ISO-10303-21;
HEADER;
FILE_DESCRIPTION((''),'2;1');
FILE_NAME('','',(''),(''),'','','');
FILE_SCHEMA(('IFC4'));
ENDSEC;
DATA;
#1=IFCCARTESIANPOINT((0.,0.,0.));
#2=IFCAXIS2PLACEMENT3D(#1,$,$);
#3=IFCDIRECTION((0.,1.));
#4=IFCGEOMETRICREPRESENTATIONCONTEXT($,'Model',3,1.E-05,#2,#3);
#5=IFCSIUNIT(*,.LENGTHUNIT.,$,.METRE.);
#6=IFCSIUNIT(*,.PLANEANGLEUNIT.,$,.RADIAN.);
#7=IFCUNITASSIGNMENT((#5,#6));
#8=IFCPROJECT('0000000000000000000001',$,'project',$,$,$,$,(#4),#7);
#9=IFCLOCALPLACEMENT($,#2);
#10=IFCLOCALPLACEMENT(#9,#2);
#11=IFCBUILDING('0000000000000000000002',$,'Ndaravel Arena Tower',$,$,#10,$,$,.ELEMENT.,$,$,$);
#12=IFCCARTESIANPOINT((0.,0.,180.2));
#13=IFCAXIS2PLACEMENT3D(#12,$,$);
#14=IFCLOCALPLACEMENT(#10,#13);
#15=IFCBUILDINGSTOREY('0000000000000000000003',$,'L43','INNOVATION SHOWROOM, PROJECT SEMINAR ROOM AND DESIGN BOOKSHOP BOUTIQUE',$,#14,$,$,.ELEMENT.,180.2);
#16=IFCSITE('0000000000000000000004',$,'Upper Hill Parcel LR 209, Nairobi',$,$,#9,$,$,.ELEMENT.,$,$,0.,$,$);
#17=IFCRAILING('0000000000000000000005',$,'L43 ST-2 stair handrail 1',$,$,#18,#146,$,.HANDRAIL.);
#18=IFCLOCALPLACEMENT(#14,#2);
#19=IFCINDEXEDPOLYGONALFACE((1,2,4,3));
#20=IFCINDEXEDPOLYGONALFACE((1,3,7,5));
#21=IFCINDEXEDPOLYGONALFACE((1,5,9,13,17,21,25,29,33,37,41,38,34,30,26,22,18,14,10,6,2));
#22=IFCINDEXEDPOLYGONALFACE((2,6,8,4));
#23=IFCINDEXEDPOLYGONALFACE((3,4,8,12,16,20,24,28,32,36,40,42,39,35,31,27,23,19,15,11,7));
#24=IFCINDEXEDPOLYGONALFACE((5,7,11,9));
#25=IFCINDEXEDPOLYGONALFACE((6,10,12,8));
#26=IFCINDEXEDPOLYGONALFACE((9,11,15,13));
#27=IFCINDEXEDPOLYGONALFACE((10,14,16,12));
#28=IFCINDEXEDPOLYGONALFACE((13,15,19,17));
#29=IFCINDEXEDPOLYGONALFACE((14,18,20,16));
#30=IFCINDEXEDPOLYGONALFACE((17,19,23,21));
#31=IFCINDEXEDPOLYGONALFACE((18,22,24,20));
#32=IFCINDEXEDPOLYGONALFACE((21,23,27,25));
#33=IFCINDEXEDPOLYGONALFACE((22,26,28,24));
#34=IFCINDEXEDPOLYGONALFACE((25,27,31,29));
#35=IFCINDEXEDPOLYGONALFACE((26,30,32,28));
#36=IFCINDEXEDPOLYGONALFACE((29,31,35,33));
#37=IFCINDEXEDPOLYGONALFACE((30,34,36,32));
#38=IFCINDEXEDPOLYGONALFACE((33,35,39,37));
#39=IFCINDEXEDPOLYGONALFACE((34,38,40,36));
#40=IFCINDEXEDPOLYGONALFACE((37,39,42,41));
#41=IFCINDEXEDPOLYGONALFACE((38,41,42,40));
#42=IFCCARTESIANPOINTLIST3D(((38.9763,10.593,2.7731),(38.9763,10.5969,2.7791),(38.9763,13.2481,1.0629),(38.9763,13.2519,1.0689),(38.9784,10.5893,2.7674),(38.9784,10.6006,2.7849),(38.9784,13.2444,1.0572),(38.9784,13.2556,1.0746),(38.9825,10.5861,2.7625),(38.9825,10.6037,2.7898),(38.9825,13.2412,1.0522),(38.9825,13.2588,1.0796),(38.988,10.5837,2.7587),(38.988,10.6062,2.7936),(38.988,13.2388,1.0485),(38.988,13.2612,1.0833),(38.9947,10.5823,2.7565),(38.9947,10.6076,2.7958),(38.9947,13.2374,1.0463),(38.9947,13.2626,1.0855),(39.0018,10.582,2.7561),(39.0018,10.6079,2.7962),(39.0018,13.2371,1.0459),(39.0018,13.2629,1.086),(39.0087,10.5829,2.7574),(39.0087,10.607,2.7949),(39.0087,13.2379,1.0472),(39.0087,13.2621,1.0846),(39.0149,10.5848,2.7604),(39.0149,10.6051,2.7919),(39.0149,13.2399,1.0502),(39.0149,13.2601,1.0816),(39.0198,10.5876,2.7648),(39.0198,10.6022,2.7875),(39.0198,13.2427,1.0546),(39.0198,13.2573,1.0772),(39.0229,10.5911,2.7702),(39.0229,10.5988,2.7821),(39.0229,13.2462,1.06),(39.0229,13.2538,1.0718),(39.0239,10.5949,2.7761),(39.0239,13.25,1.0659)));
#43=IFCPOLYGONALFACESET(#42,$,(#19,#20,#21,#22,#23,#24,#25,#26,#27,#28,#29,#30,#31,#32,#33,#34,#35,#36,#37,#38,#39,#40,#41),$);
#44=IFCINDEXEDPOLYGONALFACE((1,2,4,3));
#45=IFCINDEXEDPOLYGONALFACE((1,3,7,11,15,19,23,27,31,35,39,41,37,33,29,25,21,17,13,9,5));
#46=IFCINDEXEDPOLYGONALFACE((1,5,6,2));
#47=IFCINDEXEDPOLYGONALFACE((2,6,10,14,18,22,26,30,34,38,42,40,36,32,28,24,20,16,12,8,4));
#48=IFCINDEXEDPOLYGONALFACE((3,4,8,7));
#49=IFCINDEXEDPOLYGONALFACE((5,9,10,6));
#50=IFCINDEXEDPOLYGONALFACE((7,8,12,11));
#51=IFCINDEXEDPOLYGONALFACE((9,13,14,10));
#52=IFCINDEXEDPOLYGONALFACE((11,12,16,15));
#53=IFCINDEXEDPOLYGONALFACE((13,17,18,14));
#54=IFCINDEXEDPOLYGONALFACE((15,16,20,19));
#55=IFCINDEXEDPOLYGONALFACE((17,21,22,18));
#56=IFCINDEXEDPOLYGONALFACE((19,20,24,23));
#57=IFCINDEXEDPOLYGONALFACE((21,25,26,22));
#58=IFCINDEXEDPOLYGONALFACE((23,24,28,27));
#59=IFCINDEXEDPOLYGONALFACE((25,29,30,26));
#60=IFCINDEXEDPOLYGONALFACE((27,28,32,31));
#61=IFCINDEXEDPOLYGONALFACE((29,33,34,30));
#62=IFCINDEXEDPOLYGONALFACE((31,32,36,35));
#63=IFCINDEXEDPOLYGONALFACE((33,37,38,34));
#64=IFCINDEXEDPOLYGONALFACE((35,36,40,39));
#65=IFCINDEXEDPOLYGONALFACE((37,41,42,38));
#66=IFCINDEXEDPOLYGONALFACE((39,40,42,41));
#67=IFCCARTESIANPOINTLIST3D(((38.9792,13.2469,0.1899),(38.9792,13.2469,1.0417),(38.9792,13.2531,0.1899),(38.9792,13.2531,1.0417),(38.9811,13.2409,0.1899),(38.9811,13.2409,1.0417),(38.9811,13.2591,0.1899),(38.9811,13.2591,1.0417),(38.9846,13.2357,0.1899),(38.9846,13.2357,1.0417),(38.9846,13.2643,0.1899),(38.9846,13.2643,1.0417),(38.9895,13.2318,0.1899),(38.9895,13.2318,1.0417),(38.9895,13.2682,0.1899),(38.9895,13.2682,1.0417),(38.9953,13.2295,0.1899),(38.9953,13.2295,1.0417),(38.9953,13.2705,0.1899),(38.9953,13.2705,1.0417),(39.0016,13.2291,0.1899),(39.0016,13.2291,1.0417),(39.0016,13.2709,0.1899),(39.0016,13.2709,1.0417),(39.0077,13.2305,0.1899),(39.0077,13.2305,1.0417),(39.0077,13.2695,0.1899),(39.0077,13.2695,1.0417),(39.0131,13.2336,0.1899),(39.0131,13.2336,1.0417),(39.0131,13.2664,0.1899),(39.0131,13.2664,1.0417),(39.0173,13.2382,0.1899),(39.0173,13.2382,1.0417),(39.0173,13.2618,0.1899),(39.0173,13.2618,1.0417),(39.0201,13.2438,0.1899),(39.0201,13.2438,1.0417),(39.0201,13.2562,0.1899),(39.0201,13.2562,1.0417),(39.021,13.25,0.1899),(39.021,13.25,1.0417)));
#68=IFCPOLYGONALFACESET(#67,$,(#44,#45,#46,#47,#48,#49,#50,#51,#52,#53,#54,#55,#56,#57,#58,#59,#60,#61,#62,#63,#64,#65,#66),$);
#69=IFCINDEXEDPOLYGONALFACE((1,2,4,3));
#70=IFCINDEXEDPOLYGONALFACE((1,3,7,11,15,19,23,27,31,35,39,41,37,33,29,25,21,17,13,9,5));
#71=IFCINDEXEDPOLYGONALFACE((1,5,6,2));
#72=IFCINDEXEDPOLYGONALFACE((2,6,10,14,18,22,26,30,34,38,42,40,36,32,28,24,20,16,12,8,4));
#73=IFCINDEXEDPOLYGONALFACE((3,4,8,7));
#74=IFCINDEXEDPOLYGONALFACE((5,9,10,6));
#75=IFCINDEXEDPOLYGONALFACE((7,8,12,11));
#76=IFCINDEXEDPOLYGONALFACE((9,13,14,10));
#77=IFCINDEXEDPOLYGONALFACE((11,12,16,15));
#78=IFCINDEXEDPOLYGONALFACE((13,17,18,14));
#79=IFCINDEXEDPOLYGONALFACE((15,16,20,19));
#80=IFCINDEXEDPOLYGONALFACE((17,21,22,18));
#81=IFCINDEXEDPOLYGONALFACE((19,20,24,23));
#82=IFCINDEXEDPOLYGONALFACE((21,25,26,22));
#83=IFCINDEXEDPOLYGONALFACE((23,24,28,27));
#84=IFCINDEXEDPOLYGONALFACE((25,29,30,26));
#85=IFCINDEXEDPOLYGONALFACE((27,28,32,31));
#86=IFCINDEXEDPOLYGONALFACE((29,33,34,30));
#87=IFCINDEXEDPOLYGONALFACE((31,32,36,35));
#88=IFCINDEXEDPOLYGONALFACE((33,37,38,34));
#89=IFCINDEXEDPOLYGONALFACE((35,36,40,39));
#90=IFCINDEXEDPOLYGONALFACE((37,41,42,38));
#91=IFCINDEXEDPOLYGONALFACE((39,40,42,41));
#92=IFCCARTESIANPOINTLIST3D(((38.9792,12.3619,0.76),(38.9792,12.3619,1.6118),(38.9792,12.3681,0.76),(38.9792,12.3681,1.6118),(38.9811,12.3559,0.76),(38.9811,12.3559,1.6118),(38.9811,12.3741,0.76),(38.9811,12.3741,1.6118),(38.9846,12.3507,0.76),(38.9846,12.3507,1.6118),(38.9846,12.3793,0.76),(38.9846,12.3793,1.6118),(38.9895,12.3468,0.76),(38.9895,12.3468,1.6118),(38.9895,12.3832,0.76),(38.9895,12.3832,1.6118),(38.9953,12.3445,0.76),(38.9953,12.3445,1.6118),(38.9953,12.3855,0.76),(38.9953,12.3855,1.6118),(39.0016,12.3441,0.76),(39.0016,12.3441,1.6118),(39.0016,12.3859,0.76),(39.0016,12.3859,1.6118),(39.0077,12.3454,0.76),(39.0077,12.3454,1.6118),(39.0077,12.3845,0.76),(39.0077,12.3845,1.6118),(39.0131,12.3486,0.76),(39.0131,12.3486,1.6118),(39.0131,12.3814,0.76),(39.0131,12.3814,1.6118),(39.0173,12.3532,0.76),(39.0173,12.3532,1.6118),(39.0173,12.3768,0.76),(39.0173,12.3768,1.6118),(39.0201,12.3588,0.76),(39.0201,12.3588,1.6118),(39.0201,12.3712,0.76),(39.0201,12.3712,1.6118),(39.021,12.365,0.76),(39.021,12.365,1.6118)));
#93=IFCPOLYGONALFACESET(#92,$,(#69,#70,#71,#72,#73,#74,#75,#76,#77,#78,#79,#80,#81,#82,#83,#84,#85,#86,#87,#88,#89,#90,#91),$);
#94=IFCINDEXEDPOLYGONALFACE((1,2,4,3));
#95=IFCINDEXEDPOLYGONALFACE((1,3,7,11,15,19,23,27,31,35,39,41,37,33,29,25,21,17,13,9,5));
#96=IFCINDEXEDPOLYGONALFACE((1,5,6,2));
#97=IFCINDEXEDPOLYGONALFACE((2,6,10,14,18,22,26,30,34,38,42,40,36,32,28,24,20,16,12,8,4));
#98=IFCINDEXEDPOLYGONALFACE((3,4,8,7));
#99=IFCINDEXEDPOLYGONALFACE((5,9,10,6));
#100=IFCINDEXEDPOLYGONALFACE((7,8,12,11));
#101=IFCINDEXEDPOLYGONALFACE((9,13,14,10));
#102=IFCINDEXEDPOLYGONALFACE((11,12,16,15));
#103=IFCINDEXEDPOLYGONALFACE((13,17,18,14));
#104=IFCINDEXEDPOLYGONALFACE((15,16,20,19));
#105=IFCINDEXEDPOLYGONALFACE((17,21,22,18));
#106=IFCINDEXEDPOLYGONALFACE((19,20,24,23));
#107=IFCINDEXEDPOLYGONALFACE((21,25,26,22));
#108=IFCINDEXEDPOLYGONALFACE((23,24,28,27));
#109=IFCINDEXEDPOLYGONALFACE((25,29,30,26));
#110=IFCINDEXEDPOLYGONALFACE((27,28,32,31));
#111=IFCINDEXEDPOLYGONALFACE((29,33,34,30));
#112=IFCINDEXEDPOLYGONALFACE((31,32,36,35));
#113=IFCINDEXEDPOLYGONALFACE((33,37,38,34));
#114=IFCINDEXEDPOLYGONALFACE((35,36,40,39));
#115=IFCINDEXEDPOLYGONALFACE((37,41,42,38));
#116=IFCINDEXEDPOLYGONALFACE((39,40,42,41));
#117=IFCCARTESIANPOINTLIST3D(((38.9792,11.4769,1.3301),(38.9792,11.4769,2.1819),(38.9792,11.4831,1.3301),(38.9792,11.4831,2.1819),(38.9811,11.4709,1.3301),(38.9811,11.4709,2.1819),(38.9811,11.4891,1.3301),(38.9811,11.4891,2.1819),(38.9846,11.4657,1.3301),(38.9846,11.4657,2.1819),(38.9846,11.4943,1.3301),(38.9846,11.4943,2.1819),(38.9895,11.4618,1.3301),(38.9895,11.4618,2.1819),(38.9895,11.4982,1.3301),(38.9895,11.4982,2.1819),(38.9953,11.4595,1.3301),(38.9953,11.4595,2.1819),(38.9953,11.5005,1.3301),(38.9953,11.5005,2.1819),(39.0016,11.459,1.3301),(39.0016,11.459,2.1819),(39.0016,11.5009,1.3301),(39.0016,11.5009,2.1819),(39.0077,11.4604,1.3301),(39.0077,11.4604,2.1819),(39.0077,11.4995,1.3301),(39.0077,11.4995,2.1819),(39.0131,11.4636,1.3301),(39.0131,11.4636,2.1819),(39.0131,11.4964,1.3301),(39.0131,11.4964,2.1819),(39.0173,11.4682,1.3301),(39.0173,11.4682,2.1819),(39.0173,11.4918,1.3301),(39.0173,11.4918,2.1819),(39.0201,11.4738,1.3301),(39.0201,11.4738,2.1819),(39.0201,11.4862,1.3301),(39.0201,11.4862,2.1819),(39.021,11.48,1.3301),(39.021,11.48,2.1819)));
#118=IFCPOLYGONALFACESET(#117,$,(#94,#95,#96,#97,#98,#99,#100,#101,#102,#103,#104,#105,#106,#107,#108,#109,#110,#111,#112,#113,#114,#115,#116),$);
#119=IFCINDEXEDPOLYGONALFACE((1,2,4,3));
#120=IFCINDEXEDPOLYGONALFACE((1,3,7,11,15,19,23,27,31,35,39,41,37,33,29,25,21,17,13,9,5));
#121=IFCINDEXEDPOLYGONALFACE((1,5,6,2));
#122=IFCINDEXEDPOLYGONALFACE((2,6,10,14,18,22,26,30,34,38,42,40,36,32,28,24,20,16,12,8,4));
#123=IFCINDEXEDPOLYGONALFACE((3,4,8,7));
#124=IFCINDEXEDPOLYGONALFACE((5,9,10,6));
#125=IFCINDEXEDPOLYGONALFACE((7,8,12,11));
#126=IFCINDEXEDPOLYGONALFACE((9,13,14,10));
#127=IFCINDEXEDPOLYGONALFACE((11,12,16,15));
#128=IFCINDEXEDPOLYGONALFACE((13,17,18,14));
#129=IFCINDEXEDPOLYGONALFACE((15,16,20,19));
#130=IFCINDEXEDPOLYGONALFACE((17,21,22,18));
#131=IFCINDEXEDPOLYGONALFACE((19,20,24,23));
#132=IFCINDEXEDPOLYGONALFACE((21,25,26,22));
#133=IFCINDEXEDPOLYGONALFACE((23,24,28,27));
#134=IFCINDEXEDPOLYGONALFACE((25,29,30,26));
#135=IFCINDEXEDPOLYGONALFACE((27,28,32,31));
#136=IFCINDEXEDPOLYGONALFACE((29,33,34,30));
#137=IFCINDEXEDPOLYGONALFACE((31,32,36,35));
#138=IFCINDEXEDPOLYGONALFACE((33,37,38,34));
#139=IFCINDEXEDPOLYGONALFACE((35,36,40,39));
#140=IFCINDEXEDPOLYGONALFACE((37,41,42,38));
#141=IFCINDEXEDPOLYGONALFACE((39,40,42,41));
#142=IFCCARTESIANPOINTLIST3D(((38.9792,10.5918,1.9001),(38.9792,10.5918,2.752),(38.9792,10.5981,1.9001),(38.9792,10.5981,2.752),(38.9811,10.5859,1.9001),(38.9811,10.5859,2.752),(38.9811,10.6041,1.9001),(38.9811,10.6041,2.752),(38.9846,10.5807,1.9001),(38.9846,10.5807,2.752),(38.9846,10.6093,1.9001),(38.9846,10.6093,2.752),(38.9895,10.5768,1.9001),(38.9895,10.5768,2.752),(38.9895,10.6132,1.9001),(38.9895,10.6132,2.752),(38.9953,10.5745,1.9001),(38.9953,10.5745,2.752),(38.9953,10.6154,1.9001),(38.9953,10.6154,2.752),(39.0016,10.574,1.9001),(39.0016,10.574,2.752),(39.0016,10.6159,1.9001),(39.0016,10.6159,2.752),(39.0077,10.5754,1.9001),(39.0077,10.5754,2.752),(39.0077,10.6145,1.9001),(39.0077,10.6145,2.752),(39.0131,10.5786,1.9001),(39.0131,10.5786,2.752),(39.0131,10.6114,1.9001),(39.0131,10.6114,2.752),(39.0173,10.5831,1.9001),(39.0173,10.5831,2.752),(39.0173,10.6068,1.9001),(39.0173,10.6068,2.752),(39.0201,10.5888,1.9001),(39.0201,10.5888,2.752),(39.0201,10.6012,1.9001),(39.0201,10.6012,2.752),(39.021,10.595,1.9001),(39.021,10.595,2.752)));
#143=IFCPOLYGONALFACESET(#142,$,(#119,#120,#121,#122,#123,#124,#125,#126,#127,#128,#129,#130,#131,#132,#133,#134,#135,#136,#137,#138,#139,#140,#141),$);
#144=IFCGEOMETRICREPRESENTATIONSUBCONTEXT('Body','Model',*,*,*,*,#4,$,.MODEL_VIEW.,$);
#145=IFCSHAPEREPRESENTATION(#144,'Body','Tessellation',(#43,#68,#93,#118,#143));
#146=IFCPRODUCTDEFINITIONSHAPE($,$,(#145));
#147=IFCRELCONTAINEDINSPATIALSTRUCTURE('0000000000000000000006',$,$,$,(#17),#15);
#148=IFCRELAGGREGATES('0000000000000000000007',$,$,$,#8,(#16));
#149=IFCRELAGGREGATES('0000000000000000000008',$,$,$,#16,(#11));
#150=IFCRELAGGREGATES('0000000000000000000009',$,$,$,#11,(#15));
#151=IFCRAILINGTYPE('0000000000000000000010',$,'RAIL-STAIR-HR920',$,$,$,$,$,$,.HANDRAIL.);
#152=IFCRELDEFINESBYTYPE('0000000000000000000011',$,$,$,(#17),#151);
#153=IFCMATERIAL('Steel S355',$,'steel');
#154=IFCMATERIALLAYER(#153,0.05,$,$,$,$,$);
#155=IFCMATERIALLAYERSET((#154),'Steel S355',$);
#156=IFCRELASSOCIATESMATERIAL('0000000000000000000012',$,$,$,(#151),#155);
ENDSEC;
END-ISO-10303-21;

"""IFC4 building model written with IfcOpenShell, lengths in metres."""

from ifc_helpers import new_model, si_unit, direction, frame, origin, origin_2d, place, context, subcontext, project, spatial, circle, extrude, material, layer, layer_set, type_object, element, save


model = new_model("IFC4")

# Units and contexts
model_context = context("Model", 3, precision=1e-05, world=origin(), true_north=direction((0.0, 1.0)))
body_context = subcontext(model_context, "Body", "Model", "MODEL_VIEW")
ifc_project = project(units=[si_unit("LENGTHUNIT", "METRE"), si_unit("PLANEANGLEUNIT", "RADIAN")], contexts=[model_context])

# Site, building, storey
site_placement = place(None, origin())
site = spatial("IfcSite", under=ifc_project, at=site_placement, Name="Upper Hill Parcel LR 209, Nairobi", CompositionType="ELEMENT", RefElevation=0.0)
building_placement = place(site_placement, origin())
building = spatial("IfcBuilding", under=site, at=building_placement, Name="Ndaravel Arena Tower", CompositionType="ELEMENT")
storey_placement = place(building_placement, frame((0.0, 0.0, 180.2)))
storey = spatial("IfcBuildingStorey", under=building, at=storey_placement, Name="L43", Description="INNOVATION SHOWROOM, PROJECT SEMINAR ROOM AND DESIGN BOOKSHOP BOUTIQUE", CompositionType="ELEMENT", Elevation=180.2)

# Railing
ifc_material_1 = material(Name="Steel S355", Category="steel")
ifc_layer_1 = layer(ifc_material_1, 0.05)
ifc_layer_set_1 = layer_set([ifc_layer_1], Name="Steel S355")
railing_type_1 = type_object("IfcRailingType", Name="RAIL-STAIR-HR920", PredefinedType="HANDRAIL", material=ifc_layer_set_1)
railing_1_placement = place(storey_placement, frame((39.0, 13.25, 0.1899)))
element("IfcRailing", 1, at=railing_1_placement, inside=storey, type_object=railing_type_1, Name="L43 ST-2 stair handrail 1", PredefinedType="HANDRAIL", context=body_context, shape_type="SweptSolid", body=[
    extrude(circle(Radius=0.0239, at=origin_2d()), frame((0.0, 0.0, 0.876), z_axis=(0.0, -0.840688, 0.541519), x_axis=(1.0, 0.0, 0.0)), (0.0, 0.0, 1.0), 3.1582),
    extrude(circle(Radius=0.021, at=origin_2d()), origin(), (0.0, 0.0, 1.0), 0.8518),
    extrude(circle(Radius=0.021, at=origin_2d()), frame((0.0, -0.885, 0.5701)), (0.0, 0.0, 1.0), 0.8518),
    extrude(circle(Radius=0.021, at=origin_2d()), frame((0.0, -1.77, 1.1401)), (0.0, 0.0, 1.0), 0.8518),
    extrude(circle(Radius=0.021, at=origin_2d()), frame((0.0, -2.655, 1.7102)), (0.0, 0.0, 1.0), 0.8518),
])

save(model, "model.ifc")
